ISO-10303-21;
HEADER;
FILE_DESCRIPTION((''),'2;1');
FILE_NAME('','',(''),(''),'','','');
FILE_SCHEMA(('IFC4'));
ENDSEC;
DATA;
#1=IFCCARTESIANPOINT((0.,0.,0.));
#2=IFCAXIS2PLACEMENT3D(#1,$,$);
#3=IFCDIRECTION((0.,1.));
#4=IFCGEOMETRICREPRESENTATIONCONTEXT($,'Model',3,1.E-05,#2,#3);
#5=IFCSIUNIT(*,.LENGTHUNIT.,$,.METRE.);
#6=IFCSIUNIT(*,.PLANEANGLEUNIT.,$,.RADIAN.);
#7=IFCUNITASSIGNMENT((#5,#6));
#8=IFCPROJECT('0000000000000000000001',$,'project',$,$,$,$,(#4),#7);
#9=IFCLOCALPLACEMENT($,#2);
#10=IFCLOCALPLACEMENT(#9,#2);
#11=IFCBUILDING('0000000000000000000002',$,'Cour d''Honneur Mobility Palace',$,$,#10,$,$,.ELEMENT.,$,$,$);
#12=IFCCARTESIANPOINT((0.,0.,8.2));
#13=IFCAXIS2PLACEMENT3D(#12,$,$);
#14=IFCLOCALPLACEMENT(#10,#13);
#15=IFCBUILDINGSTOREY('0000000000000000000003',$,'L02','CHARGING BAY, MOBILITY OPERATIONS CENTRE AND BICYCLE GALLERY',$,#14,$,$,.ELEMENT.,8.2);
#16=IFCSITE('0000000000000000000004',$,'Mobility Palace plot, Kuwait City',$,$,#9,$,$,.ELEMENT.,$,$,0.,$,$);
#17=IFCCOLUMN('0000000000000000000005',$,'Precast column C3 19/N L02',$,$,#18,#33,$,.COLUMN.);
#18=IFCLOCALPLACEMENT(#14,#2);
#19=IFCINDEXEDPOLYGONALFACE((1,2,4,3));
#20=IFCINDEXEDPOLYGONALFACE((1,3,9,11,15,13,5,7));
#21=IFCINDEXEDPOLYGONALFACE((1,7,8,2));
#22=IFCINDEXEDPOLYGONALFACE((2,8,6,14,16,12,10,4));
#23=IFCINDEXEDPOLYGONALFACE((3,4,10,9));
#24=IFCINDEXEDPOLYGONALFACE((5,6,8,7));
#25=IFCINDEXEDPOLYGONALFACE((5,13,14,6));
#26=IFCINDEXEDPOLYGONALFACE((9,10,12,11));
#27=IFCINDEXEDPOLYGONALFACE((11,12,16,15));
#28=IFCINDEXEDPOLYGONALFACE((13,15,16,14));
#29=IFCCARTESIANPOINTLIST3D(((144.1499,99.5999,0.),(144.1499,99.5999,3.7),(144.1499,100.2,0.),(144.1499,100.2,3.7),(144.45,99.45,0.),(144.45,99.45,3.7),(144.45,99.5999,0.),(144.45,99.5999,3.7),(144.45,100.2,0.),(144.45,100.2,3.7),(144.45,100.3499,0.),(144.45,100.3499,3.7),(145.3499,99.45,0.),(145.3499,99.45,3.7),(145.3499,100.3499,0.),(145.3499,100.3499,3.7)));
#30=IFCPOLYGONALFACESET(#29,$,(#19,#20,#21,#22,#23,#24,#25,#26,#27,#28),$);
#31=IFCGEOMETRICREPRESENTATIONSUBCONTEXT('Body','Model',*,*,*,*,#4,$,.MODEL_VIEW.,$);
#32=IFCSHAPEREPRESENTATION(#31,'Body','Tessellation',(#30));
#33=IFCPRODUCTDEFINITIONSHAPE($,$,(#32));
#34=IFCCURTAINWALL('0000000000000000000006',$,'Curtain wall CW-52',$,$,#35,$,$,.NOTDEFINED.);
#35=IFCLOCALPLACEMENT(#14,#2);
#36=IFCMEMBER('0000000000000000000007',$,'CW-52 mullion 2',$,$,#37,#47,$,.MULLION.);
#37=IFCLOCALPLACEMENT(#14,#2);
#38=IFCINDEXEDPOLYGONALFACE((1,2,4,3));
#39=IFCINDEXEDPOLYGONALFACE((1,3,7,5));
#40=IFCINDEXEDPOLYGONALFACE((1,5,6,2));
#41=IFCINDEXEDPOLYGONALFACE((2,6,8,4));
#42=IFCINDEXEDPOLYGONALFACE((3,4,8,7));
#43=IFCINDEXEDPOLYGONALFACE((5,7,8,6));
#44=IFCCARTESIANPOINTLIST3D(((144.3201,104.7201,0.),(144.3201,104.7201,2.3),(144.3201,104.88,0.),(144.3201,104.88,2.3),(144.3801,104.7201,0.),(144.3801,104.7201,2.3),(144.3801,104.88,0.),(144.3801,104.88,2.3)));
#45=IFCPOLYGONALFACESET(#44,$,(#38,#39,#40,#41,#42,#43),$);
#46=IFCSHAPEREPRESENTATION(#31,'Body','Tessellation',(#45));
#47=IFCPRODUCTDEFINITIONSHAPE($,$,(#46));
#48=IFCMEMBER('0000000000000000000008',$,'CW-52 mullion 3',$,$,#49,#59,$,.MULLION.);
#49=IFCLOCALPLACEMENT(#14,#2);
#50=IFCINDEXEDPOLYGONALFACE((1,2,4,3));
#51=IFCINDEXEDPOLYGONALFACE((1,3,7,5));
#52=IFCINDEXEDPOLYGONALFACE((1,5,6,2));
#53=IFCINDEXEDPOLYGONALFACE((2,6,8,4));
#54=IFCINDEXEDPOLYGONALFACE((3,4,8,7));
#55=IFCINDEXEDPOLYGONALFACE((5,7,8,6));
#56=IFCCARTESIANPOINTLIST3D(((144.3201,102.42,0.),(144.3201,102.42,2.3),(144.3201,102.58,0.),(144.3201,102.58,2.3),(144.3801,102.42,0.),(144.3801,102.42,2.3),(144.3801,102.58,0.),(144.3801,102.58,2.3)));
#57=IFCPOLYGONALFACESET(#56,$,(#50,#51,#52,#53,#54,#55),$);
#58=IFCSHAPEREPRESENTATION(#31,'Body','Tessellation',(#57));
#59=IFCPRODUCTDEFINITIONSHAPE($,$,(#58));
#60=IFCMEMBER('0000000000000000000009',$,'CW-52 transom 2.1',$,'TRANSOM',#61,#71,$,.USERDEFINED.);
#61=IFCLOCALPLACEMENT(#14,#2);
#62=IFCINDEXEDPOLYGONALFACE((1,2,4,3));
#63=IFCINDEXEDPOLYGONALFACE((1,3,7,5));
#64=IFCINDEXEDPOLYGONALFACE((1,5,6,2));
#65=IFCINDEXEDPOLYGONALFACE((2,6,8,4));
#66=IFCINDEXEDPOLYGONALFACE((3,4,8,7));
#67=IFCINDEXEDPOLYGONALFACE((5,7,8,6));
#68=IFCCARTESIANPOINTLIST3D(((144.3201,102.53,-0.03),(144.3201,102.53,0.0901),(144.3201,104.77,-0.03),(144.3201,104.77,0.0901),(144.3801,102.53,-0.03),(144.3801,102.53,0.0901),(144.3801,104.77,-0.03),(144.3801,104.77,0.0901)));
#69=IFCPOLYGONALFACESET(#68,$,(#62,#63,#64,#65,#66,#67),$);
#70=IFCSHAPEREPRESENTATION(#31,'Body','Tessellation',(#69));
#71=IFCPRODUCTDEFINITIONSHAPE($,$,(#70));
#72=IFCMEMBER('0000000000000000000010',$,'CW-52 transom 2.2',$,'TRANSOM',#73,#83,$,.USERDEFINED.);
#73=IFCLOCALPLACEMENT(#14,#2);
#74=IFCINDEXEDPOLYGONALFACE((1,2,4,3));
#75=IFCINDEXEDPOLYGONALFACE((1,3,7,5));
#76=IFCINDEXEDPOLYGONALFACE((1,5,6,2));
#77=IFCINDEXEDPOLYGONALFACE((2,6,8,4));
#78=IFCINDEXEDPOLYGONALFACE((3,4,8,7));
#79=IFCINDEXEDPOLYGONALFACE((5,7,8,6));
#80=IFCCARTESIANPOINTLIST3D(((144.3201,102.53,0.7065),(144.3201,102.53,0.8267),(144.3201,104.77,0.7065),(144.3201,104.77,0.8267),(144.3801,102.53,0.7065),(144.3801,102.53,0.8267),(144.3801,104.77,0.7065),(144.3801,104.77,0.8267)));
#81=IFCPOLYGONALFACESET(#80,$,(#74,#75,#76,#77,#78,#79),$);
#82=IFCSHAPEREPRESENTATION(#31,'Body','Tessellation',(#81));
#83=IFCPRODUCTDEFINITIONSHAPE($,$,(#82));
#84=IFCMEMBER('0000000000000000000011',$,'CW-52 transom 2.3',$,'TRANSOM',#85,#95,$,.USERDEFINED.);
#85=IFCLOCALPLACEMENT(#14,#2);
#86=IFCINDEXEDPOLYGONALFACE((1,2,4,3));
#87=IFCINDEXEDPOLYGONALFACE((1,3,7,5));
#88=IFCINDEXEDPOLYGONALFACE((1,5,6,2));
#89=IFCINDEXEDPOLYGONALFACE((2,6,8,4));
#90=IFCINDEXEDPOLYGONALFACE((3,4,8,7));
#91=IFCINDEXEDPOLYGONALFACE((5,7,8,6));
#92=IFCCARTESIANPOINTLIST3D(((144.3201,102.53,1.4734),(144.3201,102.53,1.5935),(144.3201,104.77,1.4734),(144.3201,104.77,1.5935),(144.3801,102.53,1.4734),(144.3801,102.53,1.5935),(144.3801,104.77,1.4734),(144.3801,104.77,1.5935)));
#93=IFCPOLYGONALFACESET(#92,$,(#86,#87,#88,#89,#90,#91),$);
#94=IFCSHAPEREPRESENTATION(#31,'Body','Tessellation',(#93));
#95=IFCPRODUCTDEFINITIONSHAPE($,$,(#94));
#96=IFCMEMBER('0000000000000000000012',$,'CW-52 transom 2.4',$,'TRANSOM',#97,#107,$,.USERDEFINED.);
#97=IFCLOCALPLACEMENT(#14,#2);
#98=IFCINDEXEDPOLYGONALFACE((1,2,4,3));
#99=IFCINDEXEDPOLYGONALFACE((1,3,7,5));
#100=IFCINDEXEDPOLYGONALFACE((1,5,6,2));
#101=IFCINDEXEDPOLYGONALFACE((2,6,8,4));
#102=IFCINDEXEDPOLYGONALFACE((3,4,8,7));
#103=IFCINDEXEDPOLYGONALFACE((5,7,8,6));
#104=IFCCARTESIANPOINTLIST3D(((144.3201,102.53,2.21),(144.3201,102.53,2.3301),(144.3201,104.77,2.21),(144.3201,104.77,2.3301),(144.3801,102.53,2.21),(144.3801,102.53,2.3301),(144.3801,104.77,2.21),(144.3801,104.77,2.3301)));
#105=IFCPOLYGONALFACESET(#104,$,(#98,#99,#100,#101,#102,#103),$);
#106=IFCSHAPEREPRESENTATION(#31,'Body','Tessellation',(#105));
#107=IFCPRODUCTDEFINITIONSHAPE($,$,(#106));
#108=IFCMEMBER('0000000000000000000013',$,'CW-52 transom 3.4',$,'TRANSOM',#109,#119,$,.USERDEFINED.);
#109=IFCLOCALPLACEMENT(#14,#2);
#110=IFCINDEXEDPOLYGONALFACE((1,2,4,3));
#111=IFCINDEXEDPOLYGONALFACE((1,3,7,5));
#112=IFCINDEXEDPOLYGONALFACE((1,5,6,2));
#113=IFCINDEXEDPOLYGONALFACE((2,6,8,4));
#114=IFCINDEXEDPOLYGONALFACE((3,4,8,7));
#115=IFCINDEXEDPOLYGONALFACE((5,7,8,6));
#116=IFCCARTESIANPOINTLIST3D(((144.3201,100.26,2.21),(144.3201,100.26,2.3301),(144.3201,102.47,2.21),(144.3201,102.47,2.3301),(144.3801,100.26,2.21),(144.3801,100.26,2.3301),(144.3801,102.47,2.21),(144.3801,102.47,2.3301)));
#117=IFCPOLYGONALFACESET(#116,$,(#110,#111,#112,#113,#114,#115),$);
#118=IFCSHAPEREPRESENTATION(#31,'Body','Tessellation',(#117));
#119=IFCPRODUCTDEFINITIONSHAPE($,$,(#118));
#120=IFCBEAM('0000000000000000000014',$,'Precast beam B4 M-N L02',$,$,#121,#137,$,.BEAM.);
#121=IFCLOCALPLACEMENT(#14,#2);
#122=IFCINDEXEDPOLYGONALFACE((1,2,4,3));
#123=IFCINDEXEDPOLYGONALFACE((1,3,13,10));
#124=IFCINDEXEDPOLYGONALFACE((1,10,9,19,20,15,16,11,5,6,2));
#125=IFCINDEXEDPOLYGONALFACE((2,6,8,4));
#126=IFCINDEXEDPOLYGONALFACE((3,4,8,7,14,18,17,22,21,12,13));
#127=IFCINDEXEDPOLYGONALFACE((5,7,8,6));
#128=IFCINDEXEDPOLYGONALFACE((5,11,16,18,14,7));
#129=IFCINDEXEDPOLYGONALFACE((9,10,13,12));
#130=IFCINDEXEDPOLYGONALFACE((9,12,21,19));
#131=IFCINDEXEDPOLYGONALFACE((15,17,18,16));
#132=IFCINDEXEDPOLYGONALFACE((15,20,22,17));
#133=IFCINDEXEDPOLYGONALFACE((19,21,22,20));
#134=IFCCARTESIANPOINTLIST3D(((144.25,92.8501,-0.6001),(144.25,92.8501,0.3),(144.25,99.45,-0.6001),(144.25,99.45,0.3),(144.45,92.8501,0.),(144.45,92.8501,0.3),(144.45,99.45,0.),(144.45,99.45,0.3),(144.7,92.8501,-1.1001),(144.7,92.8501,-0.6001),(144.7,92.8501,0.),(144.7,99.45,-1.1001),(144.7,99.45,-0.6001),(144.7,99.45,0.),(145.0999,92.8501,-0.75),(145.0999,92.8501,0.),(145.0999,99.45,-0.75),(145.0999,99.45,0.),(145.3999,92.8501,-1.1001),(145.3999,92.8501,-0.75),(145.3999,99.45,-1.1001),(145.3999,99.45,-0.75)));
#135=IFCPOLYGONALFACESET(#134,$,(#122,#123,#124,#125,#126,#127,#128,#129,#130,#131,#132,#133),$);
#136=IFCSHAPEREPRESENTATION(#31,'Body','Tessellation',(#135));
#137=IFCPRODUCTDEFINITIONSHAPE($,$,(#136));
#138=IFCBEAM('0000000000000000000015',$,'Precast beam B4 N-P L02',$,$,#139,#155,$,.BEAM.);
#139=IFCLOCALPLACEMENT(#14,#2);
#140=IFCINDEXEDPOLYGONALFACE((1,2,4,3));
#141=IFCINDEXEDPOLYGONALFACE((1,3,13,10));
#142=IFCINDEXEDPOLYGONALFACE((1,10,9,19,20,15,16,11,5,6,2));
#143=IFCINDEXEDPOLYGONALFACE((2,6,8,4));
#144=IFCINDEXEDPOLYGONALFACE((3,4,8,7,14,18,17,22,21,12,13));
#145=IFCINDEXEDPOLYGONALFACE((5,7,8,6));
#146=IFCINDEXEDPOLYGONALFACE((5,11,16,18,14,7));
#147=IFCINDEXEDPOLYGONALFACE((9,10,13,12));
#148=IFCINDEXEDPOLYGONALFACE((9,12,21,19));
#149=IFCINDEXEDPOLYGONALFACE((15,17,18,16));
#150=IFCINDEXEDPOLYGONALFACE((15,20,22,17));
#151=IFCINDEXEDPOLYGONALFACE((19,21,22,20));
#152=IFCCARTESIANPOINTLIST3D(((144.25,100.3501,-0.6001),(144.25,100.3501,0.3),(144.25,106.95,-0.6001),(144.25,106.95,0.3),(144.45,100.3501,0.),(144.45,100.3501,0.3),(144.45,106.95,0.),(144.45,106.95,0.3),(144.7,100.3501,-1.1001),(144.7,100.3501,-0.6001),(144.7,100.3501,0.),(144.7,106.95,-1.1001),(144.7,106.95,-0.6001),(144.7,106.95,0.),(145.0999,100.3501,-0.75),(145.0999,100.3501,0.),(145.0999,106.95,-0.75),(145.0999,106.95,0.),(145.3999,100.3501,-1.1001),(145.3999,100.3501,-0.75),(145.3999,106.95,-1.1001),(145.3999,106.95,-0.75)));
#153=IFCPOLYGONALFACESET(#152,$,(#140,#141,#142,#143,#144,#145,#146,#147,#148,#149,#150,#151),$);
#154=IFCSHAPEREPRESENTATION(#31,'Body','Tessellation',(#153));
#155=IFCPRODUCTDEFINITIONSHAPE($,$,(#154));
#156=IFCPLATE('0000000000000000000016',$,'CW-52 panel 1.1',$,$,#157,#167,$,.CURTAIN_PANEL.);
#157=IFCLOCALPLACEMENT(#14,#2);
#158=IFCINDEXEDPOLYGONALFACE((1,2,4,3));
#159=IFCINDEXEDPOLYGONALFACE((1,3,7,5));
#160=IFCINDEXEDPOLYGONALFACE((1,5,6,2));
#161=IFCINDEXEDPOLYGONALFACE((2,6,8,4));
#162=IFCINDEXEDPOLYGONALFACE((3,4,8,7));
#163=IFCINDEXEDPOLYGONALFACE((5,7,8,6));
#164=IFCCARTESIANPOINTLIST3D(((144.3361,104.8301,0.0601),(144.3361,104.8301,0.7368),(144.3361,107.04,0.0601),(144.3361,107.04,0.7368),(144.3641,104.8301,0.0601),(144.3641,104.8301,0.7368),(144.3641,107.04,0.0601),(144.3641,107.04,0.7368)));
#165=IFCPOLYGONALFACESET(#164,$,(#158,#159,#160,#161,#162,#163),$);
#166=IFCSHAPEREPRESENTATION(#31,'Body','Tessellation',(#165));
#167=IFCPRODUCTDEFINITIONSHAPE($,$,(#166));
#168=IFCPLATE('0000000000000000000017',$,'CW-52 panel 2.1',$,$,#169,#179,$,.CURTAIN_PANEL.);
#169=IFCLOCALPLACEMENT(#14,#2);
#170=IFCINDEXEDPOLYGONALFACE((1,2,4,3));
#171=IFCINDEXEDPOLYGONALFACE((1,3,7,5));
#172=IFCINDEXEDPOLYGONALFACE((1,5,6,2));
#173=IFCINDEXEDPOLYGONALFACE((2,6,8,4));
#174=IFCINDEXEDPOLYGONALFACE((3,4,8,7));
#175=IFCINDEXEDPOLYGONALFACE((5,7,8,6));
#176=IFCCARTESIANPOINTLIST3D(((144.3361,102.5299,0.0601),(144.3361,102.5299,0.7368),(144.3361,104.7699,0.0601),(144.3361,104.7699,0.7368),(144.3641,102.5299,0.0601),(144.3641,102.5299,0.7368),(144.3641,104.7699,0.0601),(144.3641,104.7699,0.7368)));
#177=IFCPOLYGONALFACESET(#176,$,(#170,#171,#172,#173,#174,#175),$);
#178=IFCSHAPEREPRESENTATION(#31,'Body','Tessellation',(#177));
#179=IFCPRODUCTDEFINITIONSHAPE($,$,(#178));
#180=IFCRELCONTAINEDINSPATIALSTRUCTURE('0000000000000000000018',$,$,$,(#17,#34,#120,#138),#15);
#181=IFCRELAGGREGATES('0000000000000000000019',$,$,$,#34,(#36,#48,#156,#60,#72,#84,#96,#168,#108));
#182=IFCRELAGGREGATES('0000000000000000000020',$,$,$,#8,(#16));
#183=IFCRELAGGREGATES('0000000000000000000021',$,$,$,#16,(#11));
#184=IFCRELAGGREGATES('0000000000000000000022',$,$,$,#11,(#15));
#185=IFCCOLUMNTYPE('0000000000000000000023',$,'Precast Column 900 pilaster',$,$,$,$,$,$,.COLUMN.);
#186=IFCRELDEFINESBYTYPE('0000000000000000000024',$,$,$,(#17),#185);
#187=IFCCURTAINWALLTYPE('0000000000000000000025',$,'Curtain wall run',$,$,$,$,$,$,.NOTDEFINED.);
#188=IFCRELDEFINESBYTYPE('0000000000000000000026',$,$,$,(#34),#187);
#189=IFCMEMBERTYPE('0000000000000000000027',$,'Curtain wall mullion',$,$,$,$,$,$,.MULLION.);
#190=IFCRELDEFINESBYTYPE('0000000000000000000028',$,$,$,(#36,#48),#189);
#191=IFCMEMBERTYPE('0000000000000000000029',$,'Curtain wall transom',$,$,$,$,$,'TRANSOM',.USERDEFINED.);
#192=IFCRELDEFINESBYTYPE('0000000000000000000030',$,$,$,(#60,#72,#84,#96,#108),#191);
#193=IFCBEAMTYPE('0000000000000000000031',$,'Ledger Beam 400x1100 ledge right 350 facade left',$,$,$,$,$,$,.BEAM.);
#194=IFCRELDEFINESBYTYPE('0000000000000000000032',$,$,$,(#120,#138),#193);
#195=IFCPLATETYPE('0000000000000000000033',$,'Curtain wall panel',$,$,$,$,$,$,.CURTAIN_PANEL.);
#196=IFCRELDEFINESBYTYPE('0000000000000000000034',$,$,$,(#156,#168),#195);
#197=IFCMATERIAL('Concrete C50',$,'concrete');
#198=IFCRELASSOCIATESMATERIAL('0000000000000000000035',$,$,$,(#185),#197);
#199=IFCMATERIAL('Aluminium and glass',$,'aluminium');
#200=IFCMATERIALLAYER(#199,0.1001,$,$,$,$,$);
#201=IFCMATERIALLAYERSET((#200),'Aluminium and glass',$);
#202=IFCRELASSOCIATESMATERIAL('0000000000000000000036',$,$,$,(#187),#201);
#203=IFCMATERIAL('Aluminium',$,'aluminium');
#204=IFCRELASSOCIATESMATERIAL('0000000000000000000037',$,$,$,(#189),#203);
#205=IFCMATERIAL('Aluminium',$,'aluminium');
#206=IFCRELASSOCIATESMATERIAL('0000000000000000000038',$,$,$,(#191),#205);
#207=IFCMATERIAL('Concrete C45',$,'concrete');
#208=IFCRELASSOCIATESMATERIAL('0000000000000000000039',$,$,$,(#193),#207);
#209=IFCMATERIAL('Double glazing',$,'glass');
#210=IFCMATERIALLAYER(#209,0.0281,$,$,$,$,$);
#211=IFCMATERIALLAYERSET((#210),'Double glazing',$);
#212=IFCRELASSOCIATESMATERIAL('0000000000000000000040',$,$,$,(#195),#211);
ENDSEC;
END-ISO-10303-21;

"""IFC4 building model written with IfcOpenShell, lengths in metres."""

from ifc_helpers import new_model, si_unit, direction, frame, origin, origin_2d, place, context, subcontext, project, spatial, polyline, rectangle, outline, extrude, material, layer, layer_set, material_profile, profile_set, type_object, element, aggregate, save


model = new_model("IFC4")

# Units and contexts
model_context = context("Model", 3, precision=1e-05, world=origin(), true_north=direction((0.0, 1.0)))
body_context = subcontext(model_context, "Body", "Model", "MODEL_VIEW")
ifc_project = project(units=[si_unit("LENGTHUNIT", "METRE"), si_unit("PLANEANGLEUNIT", "RADIAN")], contexts=[model_context])

# Site, building, storey
site_placement = place(None, origin())
site = spatial("IfcSite", under=ifc_project, at=site_placement, Name="Mobility Palace plot, Kuwait City", CompositionType="ELEMENT", RefElevation=0.0)
building_placement = place(site_placement, origin())
building = spatial("IfcBuilding", under=site, at=building_placement, Name="Cour d'Honneur Mobility Palace", CompositionType="ELEMENT")
storey_placement = place(building_placement, frame((0.0, 0.0, 8.2)))
storey = spatial("IfcBuildingStorey", under=building, at=storey_placement, Name="L02", Description="CHARGING BAY, MOBILITY OPERATIONS CENTRE AND BICYCLE GALLERY", CompositionType="ELEMENT", Elevation=8.2)

# Column
ifc_material_1 = material(Name="Concrete C50", Category="concrete")
ifc_material_profile_1 = material_profile(ifc_material_1, outline(polyline([(-0.45, -0.45), (0.45, -0.45), (0.45, -0.3), (0.75, -0.3), (0.75, 0.3), (0.45, 0.3), (0.45, 0.45), (-0.45, 0.45), (-0.45, -0.45)])), Name="PC C900 pilaster")
ifc_profile_set_1 = profile_set([ifc_material_profile_1], Name="Concrete C50")
column_type = type_object("IfcColumnType", Name="Precast Column 900 pilaster", PredefinedType="COLUMN", material=ifc_profile_set_1)
column_placement = place(storey_placement, frame((144.8999, 99.8999, 0.0), z_axis=(0.0, 0.0, 1.0), x_axis=(-1.0, 0.0, 0.0)))
element("IfcColumn", 1, at=column_placement, inside=storey, type_object=column_type, Name="Precast column C3 19/N L02", PredefinedType="COLUMN", context=body_context, shape_type="SweptSolid", body=[
    extrude(outline(polyline([(-0.45, -0.45), (0.45, -0.45), (0.45, -0.3), (0.75, -0.3), (0.75, 0.3), (0.45, 0.3), (0.45, 0.45), (-0.45, 0.45), (-0.45, -0.45)])), origin(), (0.0, 0.0, 1.0), 3.7),
])

# Curtain wall, members
ifc_material_2 = material(Name="Aluminium and glass", Category="aluminium")
ifc_layer_1 = layer(ifc_material_2, 0.1001)
ifc_layer_set_1 = layer_set([ifc_layer_1], Name="Aluminium and glass")
curtain_wall_type = type_object("IfcCurtainWallType", Name="Curtain wall run", PredefinedType="NOTDEFINED", material=ifc_layer_set_1)
curtain_wall_placement = place(storey_placement, origin())
curtain_wall = element("IfcCurtainWall", 2, at=curtain_wall_placement, inside=storey, type_object=curtain_wall_type, Name="Curtain wall CW-52", PredefinedType="NOTDEFINED")
ifc_material_3 = material(Name="Aluminium", Category="aluminium")
ifc_material_profile_2 = material_profile(ifc_material_3, rectangle(XDim=0.0601, YDim=0.1599, at=origin_2d()), Name="Curtain wall mullion")
ifc_profile_set_2 = profile_set([ifc_material_profile_2], Name="Aluminium")
member_type_1 = type_object("IfcMemberType", Name="Curtain wall mullion", PredefinedType="MULLION", material=ifc_profile_set_2)
member_1_placement = place(storey_placement, frame((144.3501, 104.8, 0.0), z_axis=(0.0, 0.0, 1.0), x_axis=(1.0, 0.0, 0.0)))
member_1 = element("IfcMember", 3, at=member_1_placement, type_object=member_type_1, Name="CW-52 mullion 2", PredefinedType="MULLION", context=body_context, shape_type="SweptSolid", body=[
    extrude(rectangle(XDim=0.0601, YDim=0.1599, at=origin_2d()), origin(), (0.0, 0.0, 1.0), 2.3),
])
member_2_placement = place(storey_placement, frame((144.3501, 102.5, 0.0), z_axis=(0.0, 0.0, 1.0), x_axis=(1.0, 0.0, 0.0)))
member_2 = element("IfcMember", 4, at=member_2_placement, type_object=member_type_1, Name="CW-52 mullion 3", PredefinedType="MULLION", context=body_context, shape_type="SweptSolid", body=[
    extrude(rectangle(XDim=0.0601, YDim=0.1599, at=origin_2d()), origin(), (0.0, 0.0, 1.0), 2.3),
])
ifc_material_4 = material(Name="Aluminium", Category="aluminium")
ifc_material_profile_3 = material_profile(ifc_material_4, rectangle(XDim=0.0601, YDim=0.1201, at=origin_2d()), Name="Curtain wall transom")
ifc_profile_set_3 = profile_set([ifc_material_profile_3], Name="Aluminium")
member_type_2 = type_object("IfcMemberType", Name="Curtain wall transom", ElementType="TRANSOM", PredefinedType="USERDEFINED", material=ifc_profile_set_3)
member_3_placement = place(storey_placement, frame((144.3501, 104.77, 0.03), z_axis=(0.0, -1.0, 0.0), x_axis=(1.0, 0.0, 0.0)))
member_3 = element("IfcMember", 5, at=member_3_placement, type_object=member_type_2, Name="CW-52 transom 2.1", ObjectType="TRANSOM", PredefinedType="USERDEFINED", context=body_context, shape_type="SweptSolid", body=[
    extrude(rectangle(XDim=0.0601, YDim=0.1201, at=origin_2d()), origin(), (0.0, 0.0, 1.0), 2.24),
])
member_4_placement = place(storey_placement, frame((144.3501, 104.77, 0.7666), z_axis=(0.0, -1.0, 0.0), x_axis=(1.0, 0.0, 0.0)))
member_4 = element("IfcMember", 6, at=member_4_placement, type_object=member_type_2, Name="CW-52 transom 2.2", ObjectType="TRANSOM", PredefinedType="USERDEFINED", context=body_context, shape_type="SweptSolid", body=[
    extrude(rectangle(XDim=0.0601, YDim=0.1201, at=origin_2d()), origin(), (0.0, 0.0, 1.0), 2.24),
])
member_5_placement = place(storey_placement, frame((144.3501, 104.77, 1.5334), z_axis=(0.0, -1.0, 0.0), x_axis=(1.0, 0.0, 0.0)))
member_5 = element("IfcMember", 7, at=member_5_placement, type_object=member_type_2, Name="CW-52 transom 2.3", ObjectType="TRANSOM", PredefinedType="USERDEFINED", context=body_context, shape_type="SweptSolid", body=[
    extrude(rectangle(XDim=0.0601, YDim=0.1201, at=origin_2d()), origin(), (0.0, 0.0, 1.0), 2.24),
])
member_6_placement = place(storey_placement, frame((144.3501, 104.77, 2.27), z_axis=(0.0, -1.0, 0.0), x_axis=(1.0, 0.0, 0.0)))
member_6 = element("IfcMember", 8, at=member_6_placement, type_object=member_type_2, Name="CW-52 transom 2.4", ObjectType="TRANSOM", PredefinedType="USERDEFINED", context=body_context, shape_type="SweptSolid", body=[
    extrude(rectangle(XDim=0.0601, YDim=0.1201, at=origin_2d()), origin(), (0.0, 0.0, 1.0), 2.24),
])
member_7_placement = place(storey_placement, frame((144.3501, 102.47, 2.27), z_axis=(0.0, -1.0, 0.0), x_axis=(1.0, 0.0, 0.0)))
member_7 = element("IfcMember", 9, at=member_7_placement, type_object=member_type_2, Name="CW-52 transom 3.4", ObjectType="TRANSOM", PredefinedType="USERDEFINED", context=body_context, shape_type="SweptSolid", body=[
    extrude(rectangle(XDim=0.0601, YDim=0.1201, at=origin_2d()), origin(), (0.0, 0.0, 1.0), 2.21),
])

# Beams
ifc_material_5 = material(Name="Concrete C45", Category="concrete")
ifc_material_profile_4 = material_profile(ifc_material_5, outline(polyline([(0.2, -1.1001), (0.2, -0.6001), (0.6499, -0.6001), (0.6499, 0.3), (0.45, 0.3), (0.45, 0.0), (0.2, 0.0), (-0.2, 0.0), (-0.2, -0.75), (-0.5, -0.75), (-0.5, -1.1001), (0.2, -1.1001)])), Name="Ledger Beam 400x1100 ledge right 350 facade left")
ifc_profile_set_4 = profile_set([ifc_material_profile_4], Name="Concrete C45")
beam_type = type_object("IfcBeamType", Name="Ledger Beam 400x1100 ledge right 350 facade left", PredefinedType="BEAM", material=ifc_profile_set_4)
for number, where, z_axis, x_axis, name in (
    (10, (144.8999, 92.8501, 0.0), (0.0, 1.0, 0.0), (-1.0, 0.0, 0.0), "Precast beam B4 M-N L02"),
    (11, (144.8999, 100.3501, 0.0), (0.0, 1.0, 0.0), (-1.0, 0.0, 0.0), "Precast beam B4 N-P L02"),
):
    element("IfcBeam", number, at=place(storey_placement, frame(where, z_axis=z_axis, x_axis=x_axis)), inside=storey, type_object=beam_type, Name=name, PredefinedType="BEAM", context=body_context, shape_type="SweptSolid", body=[
        extrude(outline(polyline([(0.2, -1.1001), (0.2, -0.6001), (0.6499, -0.6001), (0.6499, 0.3), (0.45, 0.3), (0.45, 0.0), (0.2, 0.0), (-0.2, 0.0), (-0.2, -0.75), (-0.5, -0.75), (-0.5, -1.1001), (0.2, -1.1001)])), origin(), (0.0, 0.0, 1.0), 6.5999),
    ])

# Plates
ifc_material_6 = material(Name="Double glazing", Category="glass")
ifc_layer_2 = layer(ifc_material_6, 0.0281)
ifc_layer_set_2 = layer_set([ifc_layer_2], Name="Double glazing")
plate_type = type_object("IfcPlateType", Name="Curtain wall panel", PredefinedType="CURTAIN_PANEL", material=ifc_layer_set_2)
plate_1_placement = place(storey_placement, frame((144.3501, 105.9351, 0.0601), z_axis=(0.0, 0.0, 1.0), x_axis=(0.0, -1.0, 0.0)))
plate_1 = element("IfcPlate", 12, at=plate_1_placement, type_object=plate_type, Name="CW-52 panel 1.1", PredefinedType="CURTAIN_PANEL", context=body_context, shape_type="SweptSolid", body=[
    extrude(rectangle(XDim=2.21, YDim=0.0281, at=origin_2d()), origin(), (0.0, 0.0, 1.0), 0.6768),
])
plate_2_placement = place(storey_placement, frame((144.3501, 103.6499, 0.0601), z_axis=(0.0, 0.0, 1.0), x_axis=(0.0, -1.0, 0.0)))
plate_2 = element("IfcPlate", 13, at=plate_2_placement, type_object=plate_type, Name="CW-52 panel 2.1", PredefinedType="CURTAIN_PANEL", context=body_context, shape_type="SweptSolid", body=[
    extrude(rectangle(XDim=2.24, YDim=0.0281, at=origin_2d()), origin(), (0.0, 0.0, 1.0), 0.6768),
])
aggregate(curtain_wall, [member_1, member_2, plate_1, member_3, member_4, member_5, member_6, plate_2, member_7])

save(model, "model.ifc")
